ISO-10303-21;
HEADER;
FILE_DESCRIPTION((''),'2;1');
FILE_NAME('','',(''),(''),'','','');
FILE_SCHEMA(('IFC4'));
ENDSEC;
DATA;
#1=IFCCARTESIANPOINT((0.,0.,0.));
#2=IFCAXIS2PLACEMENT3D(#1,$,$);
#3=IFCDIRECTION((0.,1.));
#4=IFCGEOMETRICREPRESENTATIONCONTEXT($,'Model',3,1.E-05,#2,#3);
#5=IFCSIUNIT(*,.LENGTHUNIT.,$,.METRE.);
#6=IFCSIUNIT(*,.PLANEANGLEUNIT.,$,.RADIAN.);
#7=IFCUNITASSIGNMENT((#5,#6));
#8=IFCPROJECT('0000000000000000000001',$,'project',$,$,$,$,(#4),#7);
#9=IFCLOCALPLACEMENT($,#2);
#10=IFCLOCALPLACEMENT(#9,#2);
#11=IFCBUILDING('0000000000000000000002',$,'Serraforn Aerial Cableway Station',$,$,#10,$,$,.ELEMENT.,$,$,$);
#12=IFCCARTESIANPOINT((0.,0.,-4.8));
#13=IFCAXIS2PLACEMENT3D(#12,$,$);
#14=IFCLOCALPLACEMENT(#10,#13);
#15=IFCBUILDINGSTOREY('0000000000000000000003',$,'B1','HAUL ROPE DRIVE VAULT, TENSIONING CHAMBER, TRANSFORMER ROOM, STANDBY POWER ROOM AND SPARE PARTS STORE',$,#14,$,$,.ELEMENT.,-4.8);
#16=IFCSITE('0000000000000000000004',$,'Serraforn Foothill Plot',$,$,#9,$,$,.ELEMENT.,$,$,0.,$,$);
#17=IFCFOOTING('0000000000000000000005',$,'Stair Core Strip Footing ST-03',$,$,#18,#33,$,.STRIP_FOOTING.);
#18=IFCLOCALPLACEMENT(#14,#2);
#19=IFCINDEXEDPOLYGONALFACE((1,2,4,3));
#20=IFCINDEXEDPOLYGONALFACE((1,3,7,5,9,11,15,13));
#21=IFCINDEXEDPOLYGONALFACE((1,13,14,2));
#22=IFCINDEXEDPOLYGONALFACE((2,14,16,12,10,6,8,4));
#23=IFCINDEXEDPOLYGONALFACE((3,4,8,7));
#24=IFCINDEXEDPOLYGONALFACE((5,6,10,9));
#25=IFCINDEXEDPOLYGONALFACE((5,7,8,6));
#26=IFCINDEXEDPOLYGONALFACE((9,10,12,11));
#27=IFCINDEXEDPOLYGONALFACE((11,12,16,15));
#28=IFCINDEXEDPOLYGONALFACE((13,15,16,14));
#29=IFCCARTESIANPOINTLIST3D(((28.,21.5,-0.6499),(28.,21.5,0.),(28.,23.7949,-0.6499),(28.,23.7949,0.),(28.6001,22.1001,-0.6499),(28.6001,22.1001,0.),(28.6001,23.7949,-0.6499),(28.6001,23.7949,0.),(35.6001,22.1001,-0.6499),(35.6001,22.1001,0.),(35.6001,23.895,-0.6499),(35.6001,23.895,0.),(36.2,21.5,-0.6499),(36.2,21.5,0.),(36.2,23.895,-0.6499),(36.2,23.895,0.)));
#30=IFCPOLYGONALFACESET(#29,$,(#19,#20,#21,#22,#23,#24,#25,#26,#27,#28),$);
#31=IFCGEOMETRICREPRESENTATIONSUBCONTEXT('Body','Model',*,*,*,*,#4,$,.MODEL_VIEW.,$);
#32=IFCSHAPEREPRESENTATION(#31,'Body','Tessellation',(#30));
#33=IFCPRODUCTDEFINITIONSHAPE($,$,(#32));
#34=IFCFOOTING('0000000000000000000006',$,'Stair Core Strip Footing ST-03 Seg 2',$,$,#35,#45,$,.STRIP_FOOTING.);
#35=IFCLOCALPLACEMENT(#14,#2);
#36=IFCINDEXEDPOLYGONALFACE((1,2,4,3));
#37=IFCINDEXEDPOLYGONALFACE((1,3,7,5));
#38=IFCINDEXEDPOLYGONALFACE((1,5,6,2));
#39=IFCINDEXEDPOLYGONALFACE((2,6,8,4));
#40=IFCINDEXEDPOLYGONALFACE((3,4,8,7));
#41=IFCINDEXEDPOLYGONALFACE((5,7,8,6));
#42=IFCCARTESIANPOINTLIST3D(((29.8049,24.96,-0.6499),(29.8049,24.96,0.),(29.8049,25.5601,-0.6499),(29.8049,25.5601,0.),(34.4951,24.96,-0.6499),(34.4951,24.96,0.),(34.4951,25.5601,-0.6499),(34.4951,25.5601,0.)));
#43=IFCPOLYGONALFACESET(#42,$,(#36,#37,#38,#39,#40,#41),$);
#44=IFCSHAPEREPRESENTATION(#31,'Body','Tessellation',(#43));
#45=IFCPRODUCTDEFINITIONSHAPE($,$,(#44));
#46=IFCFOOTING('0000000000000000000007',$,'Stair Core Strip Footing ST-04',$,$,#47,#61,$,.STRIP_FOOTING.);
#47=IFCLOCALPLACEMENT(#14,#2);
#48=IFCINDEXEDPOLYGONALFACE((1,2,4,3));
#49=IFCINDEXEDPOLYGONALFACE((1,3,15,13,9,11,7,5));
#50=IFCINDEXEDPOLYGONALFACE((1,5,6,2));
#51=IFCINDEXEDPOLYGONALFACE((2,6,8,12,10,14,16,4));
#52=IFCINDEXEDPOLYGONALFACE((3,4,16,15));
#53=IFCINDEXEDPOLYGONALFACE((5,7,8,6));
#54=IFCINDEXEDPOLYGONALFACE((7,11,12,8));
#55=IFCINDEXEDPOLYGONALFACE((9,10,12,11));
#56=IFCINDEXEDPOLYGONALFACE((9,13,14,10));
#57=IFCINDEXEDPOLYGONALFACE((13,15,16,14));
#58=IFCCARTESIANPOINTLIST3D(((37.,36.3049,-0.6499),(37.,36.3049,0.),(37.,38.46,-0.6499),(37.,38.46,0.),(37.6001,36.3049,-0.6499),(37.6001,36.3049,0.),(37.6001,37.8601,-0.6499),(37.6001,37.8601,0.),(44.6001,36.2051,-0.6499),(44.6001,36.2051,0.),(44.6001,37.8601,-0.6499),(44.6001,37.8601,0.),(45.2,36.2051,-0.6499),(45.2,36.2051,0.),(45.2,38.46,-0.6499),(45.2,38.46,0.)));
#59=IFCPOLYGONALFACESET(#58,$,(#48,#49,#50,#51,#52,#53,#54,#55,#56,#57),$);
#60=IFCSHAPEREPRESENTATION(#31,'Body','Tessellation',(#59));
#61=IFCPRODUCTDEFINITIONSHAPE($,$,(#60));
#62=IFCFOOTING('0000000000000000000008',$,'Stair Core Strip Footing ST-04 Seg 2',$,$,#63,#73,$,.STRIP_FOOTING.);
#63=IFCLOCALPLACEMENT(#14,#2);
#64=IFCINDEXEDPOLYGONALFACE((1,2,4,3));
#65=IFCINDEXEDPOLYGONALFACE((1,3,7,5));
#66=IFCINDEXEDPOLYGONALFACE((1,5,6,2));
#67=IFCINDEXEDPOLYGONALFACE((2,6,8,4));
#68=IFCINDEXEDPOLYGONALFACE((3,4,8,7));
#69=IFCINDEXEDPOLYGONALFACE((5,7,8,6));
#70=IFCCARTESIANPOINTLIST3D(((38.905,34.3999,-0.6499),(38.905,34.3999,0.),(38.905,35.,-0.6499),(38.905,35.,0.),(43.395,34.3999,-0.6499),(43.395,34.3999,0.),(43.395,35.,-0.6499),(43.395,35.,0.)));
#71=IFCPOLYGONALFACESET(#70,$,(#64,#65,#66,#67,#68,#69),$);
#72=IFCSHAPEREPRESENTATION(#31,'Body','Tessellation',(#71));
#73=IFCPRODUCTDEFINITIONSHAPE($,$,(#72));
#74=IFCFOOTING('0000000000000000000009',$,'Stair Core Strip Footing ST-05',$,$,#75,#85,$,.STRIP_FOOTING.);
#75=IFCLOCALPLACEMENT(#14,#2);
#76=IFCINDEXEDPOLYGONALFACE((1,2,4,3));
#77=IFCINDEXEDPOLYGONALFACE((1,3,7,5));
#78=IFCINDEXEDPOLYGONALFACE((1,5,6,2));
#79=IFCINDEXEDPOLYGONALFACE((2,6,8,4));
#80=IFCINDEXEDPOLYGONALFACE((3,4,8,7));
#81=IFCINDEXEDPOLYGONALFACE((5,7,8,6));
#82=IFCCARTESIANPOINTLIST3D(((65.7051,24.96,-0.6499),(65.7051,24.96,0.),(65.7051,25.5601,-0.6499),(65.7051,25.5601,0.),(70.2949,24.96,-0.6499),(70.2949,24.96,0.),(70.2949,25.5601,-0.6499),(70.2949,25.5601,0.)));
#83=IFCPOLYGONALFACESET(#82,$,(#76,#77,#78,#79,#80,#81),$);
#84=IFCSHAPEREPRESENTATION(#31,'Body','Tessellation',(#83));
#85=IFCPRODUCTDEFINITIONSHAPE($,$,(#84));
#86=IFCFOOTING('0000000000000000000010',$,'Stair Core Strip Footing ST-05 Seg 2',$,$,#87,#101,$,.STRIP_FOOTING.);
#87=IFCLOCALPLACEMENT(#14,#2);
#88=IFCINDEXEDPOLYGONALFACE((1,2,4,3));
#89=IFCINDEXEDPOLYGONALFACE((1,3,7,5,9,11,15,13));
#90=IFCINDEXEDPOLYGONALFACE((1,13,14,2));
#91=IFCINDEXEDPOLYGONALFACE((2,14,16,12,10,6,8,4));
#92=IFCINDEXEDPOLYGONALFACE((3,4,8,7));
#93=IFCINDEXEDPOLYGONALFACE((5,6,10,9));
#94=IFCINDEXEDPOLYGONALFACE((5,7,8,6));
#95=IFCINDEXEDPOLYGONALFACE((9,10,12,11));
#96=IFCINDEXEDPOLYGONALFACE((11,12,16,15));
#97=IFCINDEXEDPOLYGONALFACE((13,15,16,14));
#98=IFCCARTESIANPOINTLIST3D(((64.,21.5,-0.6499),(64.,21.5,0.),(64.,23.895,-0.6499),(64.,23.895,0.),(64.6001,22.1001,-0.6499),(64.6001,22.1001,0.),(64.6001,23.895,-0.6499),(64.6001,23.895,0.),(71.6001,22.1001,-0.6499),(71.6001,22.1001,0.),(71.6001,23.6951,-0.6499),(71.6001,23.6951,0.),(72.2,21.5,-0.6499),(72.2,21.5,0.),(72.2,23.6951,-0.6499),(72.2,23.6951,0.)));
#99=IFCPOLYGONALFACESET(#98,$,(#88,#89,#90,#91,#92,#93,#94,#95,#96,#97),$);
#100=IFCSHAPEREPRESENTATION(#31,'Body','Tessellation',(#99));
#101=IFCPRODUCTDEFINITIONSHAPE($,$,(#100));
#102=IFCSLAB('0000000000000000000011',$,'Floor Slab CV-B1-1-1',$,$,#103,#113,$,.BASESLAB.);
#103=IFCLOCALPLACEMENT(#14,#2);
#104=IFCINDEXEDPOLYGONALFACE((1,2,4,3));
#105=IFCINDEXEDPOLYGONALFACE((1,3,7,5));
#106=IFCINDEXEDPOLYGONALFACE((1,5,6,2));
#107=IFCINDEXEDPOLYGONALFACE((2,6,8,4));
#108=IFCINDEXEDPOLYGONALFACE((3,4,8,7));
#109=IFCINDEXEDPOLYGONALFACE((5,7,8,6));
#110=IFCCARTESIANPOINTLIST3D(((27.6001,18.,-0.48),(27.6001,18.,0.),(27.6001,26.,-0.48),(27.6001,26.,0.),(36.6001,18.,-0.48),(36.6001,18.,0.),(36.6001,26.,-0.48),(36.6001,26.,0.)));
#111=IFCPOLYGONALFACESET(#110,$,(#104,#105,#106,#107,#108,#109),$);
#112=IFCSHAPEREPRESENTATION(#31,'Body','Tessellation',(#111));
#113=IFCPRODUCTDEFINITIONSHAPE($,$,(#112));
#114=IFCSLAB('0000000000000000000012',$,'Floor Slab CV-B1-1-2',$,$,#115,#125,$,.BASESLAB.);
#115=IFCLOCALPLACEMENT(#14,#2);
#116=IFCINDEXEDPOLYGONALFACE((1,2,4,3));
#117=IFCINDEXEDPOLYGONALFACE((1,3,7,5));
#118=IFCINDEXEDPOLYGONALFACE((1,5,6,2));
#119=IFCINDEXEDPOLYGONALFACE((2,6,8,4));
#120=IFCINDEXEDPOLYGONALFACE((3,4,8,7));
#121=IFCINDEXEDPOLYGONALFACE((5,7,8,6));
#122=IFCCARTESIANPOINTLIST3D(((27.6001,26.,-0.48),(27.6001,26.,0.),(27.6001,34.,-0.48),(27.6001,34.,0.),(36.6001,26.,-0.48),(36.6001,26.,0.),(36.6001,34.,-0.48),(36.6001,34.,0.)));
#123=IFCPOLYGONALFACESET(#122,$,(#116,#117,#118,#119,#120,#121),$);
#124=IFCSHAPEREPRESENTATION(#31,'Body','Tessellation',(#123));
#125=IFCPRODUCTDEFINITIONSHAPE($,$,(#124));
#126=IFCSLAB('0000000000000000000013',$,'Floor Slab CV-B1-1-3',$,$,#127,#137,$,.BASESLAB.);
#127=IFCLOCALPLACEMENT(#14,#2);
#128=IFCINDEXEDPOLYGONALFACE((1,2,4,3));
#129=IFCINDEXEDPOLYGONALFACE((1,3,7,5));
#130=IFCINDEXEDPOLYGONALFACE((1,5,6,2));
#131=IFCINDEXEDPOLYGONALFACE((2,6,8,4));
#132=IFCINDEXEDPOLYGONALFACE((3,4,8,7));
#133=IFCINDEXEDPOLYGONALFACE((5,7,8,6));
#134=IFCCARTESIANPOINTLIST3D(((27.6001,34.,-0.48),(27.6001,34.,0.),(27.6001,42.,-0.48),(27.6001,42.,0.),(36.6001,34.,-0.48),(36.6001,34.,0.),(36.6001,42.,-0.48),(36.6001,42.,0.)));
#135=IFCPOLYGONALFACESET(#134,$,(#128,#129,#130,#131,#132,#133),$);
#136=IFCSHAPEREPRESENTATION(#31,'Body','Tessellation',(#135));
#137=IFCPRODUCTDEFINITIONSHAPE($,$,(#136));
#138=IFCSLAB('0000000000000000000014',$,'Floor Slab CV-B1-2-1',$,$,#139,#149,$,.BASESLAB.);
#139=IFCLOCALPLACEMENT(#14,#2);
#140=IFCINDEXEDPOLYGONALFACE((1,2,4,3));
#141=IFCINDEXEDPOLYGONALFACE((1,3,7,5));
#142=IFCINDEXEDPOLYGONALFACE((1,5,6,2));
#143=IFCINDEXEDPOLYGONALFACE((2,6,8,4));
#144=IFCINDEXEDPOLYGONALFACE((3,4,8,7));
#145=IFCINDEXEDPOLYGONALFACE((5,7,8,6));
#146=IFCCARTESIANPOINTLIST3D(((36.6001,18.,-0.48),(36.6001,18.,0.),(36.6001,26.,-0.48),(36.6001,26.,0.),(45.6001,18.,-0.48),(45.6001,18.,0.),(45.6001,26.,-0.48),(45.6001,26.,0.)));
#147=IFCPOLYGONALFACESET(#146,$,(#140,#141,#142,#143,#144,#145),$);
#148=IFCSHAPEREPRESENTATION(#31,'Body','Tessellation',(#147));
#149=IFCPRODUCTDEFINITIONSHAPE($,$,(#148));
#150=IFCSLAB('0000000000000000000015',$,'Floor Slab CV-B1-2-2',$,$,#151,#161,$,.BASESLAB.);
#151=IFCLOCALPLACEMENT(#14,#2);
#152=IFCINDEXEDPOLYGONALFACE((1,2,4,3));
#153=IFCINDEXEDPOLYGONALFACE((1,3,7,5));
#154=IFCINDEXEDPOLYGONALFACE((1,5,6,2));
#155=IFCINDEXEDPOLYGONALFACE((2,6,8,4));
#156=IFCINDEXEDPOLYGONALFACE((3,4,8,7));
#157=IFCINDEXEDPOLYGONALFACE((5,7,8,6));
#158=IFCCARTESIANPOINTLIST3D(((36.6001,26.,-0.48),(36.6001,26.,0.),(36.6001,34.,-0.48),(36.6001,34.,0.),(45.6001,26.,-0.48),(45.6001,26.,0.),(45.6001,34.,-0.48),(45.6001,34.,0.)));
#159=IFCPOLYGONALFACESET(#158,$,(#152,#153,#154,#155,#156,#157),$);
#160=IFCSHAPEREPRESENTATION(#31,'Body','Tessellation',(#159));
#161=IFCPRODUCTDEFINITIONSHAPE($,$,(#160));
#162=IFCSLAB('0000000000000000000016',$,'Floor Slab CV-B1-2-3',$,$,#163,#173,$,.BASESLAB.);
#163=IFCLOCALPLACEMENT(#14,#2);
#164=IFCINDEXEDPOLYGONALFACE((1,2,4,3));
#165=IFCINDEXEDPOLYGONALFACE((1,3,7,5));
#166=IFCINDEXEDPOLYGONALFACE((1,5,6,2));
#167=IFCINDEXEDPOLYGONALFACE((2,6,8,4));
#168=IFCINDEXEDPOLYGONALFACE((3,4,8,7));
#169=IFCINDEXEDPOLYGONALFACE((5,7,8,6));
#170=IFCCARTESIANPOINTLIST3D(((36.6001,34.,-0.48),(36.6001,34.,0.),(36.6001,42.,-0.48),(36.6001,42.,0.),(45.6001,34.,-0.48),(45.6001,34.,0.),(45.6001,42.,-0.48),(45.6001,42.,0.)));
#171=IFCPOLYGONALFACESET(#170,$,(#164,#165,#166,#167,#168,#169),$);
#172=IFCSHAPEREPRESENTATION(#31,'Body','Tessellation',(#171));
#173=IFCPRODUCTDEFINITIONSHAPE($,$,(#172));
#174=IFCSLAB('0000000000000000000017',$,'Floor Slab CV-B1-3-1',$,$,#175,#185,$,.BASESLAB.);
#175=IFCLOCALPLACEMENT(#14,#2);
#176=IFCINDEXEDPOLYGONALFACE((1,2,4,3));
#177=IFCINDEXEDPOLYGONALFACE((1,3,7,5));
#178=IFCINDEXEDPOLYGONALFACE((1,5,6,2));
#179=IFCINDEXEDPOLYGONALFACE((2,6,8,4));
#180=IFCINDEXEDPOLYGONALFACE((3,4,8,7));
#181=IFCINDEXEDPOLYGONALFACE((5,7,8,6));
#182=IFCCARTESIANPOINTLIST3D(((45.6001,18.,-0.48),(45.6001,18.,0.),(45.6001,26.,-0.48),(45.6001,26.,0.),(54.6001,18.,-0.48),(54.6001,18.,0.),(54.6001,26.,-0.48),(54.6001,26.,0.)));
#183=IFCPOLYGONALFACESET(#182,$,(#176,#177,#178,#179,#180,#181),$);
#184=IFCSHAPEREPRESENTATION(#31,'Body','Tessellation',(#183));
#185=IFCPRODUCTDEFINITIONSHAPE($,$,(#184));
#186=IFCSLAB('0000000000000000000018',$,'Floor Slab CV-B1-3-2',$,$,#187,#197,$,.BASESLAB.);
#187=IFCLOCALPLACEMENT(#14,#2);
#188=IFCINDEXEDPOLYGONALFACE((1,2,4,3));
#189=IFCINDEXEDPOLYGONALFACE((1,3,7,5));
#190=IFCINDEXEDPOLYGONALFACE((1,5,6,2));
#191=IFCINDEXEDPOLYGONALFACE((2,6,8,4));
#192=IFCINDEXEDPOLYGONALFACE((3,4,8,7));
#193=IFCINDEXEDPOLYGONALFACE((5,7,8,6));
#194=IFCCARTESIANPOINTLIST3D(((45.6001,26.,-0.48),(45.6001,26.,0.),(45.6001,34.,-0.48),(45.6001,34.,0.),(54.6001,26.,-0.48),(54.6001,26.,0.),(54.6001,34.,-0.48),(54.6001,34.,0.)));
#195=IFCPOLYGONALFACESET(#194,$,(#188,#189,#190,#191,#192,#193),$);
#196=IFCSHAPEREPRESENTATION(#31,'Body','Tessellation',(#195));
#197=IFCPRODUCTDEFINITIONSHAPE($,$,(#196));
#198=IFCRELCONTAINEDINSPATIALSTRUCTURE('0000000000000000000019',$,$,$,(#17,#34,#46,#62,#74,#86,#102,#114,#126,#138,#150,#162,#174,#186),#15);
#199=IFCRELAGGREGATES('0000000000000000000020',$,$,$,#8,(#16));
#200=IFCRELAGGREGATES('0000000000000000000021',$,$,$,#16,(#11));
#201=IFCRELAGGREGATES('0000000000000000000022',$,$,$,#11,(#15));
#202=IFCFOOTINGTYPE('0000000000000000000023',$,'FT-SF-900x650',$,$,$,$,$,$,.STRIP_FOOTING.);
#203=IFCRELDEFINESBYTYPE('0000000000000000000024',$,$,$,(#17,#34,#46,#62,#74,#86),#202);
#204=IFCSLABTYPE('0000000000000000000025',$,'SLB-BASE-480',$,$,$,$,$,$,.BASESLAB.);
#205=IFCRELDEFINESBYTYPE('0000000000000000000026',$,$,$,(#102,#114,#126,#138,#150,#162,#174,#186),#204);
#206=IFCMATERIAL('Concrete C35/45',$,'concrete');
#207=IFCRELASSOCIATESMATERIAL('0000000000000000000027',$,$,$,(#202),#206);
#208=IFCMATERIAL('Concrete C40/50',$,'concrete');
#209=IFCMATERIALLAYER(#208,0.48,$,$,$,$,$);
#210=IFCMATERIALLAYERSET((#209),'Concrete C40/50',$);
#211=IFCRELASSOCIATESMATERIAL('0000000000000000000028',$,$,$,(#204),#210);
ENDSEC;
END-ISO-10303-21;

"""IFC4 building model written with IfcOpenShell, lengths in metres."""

from ifc_helpers import new_model, si_unit, direction, frame, origin, place, context, subcontext, project, spatial, polyline, outline, extrude, material, layer, layer_set, type_object, element, save


model = new_model("IFC4")

# Units and contexts
model_context = context("Model", 3, precision=1e-05, world=origin(), true_north=direction((0.0, 1.0)))
body_context = subcontext(model_context, "Body", "Model", "MODEL_VIEW")
ifc_project = project(units=[si_unit("LENGTHUNIT", "METRE"), si_unit("PLANEANGLEUNIT", "RADIAN")], contexts=[model_context])

# Site, building, storey
site_placement = place(None, origin())
site = spatial("IfcSite", under=ifc_project, at=site_placement, Name="Serraforn Foothill Plot", CompositionType="ELEMENT", RefElevation=0.0)
building_placement = place(site_placement, origin())
building = spatial("IfcBuilding", under=site, at=building_placement, Name="Serraforn Aerial Cableway Station", CompositionType="ELEMENT")
storey_placement = place(building_placement, frame((0.0, 0.0, -4.8)))
storey = spatial("IfcBuildingStorey", under=building, at=storey_placement, Name="B1", Description="HAUL ROPE DRIVE VAULT, TENSIONING CHAMBER, TRANSFORMER ROOM, STANDBY POWER ROOM AND SPARE PARTS STORE", CompositionType="ELEMENT", Elevation=-4.8)

# Footings
ifc_material_1 = material(Name="Concrete C35/45", Category="concrete")
footing_type_1 = type_object("IfcFootingType", Name="FT-SF-900x650", PredefinedType="STRIP_FOOTING", material=ifc_material_1)
footing_1_placement = place(storey_placement, frame((0.0, 0.0, -0.6499)))
element("IfcFooting", 1, at=footing_1_placement, inside=storey, type_object=footing_type_1, Name="Stair Core Strip Footing ST-03", PredefinedType="STRIP_FOOTING", context=body_context, shape_type="SweptSolid", body=[
    extrude(outline(polyline([(36.2, 21.5), (28.0, 21.5), (28.0, 23.7949), (28.6001, 23.7949), (28.6001, 22.1001), (35.6001, 22.1001), (35.6001, 23.895), (36.2, 23.895), (36.2, 21.5)])), origin(), (0.0, 0.0, 1.0), 0.6499),
])
footing_2_placement = place(storey_placement, frame((0.0, 0.0, -0.6499)))
element("IfcFooting", 2, at=footing_2_placement, inside=storey, type_object=footing_type_1, Name="Stair Core Strip Footing ST-03 Seg 2", PredefinedType="STRIP_FOOTING", context=body_context, shape_type="SweptSolid", body=[
    extrude(outline(polyline([(34.4951, 25.5601), (34.4951, 24.96), (29.8049, 24.96), (29.8049, 25.5601), (34.4951, 25.5601)])), origin(), (0.0, 0.0, 1.0), 0.6499),
])
footing_3_placement = place(storey_placement, frame((0.0, 0.0, -0.6499)))
element("IfcFooting", 3, at=footing_3_placement, inside=storey, type_object=footing_type_1, Name="Stair Core Strip Footing ST-04", PredefinedType="STRIP_FOOTING", context=body_context, shape_type="SweptSolid", body=[
    extrude(outline(polyline([(37.0, 38.46), (45.2, 38.46), (45.2, 36.2051), (44.6001, 36.2051), (44.6001, 37.8601), (37.6001, 37.8601), (37.6001, 36.3049), (37.0, 36.3049), (37.0, 38.46)])), origin(), (0.0, 0.0, 1.0), 0.6499),
])
footing_4_placement = place(storey_placement, frame((0.0, 0.0, -0.6499)))
element("IfcFooting", 4, at=footing_4_placement, inside=storey, type_object=footing_type_1, Name="Stair Core Strip Footing ST-04 Seg 2", PredefinedType="STRIP_FOOTING", context=body_context, shape_type="SweptSolid", body=[
    extrude(outline(polyline([(38.905, 34.3999), (38.905, 35.0), (43.395, 35.0), (43.395, 34.3999), (38.905, 34.3999)])), origin(), (0.0, 0.0, 1.0), 0.6499),
])
footing_5_placement = place(storey_placement, frame((0.0, 0.0, -0.6499)))
element("IfcFooting", 5, at=footing_5_placement, inside=storey, type_object=footing_type_1, Name="Stair Core Strip Footing ST-05", PredefinedType="STRIP_FOOTING", context=body_context, shape_type="SweptSolid", body=[
    extrude(outline(polyline([(70.2949, 25.5601), (70.2949, 24.96), (65.7051, 24.96), (65.7051, 25.5601), (70.2949, 25.5601)])), origin(), (0.0, 0.0, 1.0), 0.6499),
])
footing_6_placement = place(storey_placement, frame((0.0, 0.0, -0.6499)))
element("IfcFooting", 6, at=footing_6_placement, inside=storey, type_object=footing_type_1, Name="Stair Core Strip Footing ST-05 Seg 2", PredefinedType="STRIP_FOOTING", context=body_context, shape_type="SweptSolid", body=[
    extrude(outline(polyline([(72.2, 21.5), (64.0, 21.5), (64.0, 23.895), (64.6001, 23.895), (64.6001, 22.1001), (71.6001, 22.1001), (71.6001, 23.6951), (72.2, 23.6951), (72.2, 21.5)])), origin(), (0.0, 0.0, 1.0), 0.6499),
])

# Slabs
ifc_material_2 = material(Name="Concrete C40/50", Category="concrete")
ifc_layer = layer(ifc_material_2, 0.48)
ifc_layer_set = layer_set([ifc_layer], Name="Concrete C40/50")
slab_type = type_object("IfcSlabType", Name="SLB-BASE-480", PredefinedType="BASESLAB", material=ifc_layer_set)
slab_1_placement = place(storey_placement, frame((0.0, 0.0, -0.48)))
element("IfcSlab", 7, at=slab_1_placement, inside=storey, type_object=slab_type, Name="Floor Slab CV-B1-1-1", PredefinedType="BASESLAB", context=body_context, shape_type="SweptSolid", body=[
    extrude(outline(polyline([(27.6001, 18.0), (36.6001, 18.0), (36.6001, 26.0), (27.6001, 26.0), (27.6001, 18.0)])), origin(), (0.0, 0.0, 1.0), 0.48),
])
slab_2_placement = place(storey_placement, frame((0.0, 0.0, -0.48)))
element("IfcSlab", 8, at=slab_2_placement, inside=storey, type_object=slab_type, Name="Floor Slab CV-B1-1-2", PredefinedType="BASESLAB", context=body_context, shape_type="SweptSolid", body=[
    extrude(outline(polyline([(27.6001, 26.0), (36.6001, 26.0), (36.6001, 34.0), (27.6001, 34.0), (27.6001, 26.0)])), origin(), (0.0, 0.0, 1.0), 0.48),
])
slab_3_placement = place(storey_placement, frame((0.0, 0.0, -0.48)))
element("IfcSlab", 9, at=slab_3_placement, inside=storey, type_object=slab_type, Name="Floor Slab CV-B1-1-3", PredefinedType="BASESLAB", context=body_context, shape_type="SweptSolid", body=[
    extrude(outline(polyline([(27.6001, 34.0), (36.6001, 34.0), (36.6001, 42.0), (27.6001, 42.0), (27.6001, 34.0)])), origin(), (0.0, 0.0, 1.0), 0.48),
])
slab_4_placement = place(storey_placement, frame((0.0, 0.0, -0.48)))
element("IfcSlab", 10, at=slab_4_placement, inside=storey, type_object=slab_type, Name="Floor Slab CV-B1-2-1", PredefinedType="BASESLAB", context=body_context, shape_type="SweptSolid", body=[
    extrude(outline(polyline([(36.6001, 18.0), (45.6001, 18.0), (45.6001, 26.0), (36.6001, 26.0), (36.6001, 18.0)])), origin(), (0.0, 0.0, 1.0), 0.48),
])
slab_5_placement = place(storey_placement, frame((0.0, 0.0, -0.48)))
element("IfcSlab", 11, at=slab_5_placement, inside=storey, type_object=slab_type, Name="Floor Slab CV-B1-2-2", PredefinedType="BASESLAB", context=body_context, shape_type="SweptSolid", body=[
    extrude(outline(polyline([(36.6001, 26.0), (45.6001, 26.0), (45.6001, 34.0), (36.6001, 34.0), (36.6001, 26.0)])), origin(), (0.0, 0.0, 1.0), 0.48),
])
slab_6_placement = place(storey_placement, frame((0.0, 0.0, -0.48)))
element("IfcSlab", 12, at=slab_6_placement, inside=storey, type_object=slab_type, Name="Floor Slab CV-B1-2-3", PredefinedType="BASESLAB", context=body_context, shape_type="SweptSolid", body=[
    extrude(outline(polyline([(36.6001, 34.0), (45.6001, 34.0), (45.6001, 42.0), (36.6001, 42.0), (36.6001, 34.0)])), origin(), (0.0, 0.0, 1.0), 0.48),
])
slab_7_placement = place(storey_placement, frame((0.0, 0.0, -0.48)))
element("IfcSlab", 13, at=slab_7_placement, inside=storey, type_object=slab_type, Name="Floor Slab CV-B1-3-1", PredefinedType="BASESLAB", context=body_context, shape_type="SweptSolid", body=[
    extrude(outline(polyline([(45.6001, 18.0), (54.6001, 18.0), (54.6001, 26.0), (45.6001, 26.0), (45.6001, 18.0)])), origin(), (0.0, 0.0, 1.0), 0.48),
])
slab_8_placement = place(storey_placement, frame((0.0, 0.0, -0.48)))
element("IfcSlab", 14, at=slab_8_placement, inside=storey, type_object=slab_type, Name="Floor Slab CV-B1-3-2", PredefinedType="BASESLAB", context=body_context, shape_type="SweptSolid", body=[
    extrude(outline(polyline([(45.6001, 26.0), (54.6001, 26.0), (54.6001, 34.0), (45.6001, 34.0), (45.6001, 26.0)])), origin(), (0.0, 0.0, 1.0), 0.48),
])

save(model, "model.ifc")
